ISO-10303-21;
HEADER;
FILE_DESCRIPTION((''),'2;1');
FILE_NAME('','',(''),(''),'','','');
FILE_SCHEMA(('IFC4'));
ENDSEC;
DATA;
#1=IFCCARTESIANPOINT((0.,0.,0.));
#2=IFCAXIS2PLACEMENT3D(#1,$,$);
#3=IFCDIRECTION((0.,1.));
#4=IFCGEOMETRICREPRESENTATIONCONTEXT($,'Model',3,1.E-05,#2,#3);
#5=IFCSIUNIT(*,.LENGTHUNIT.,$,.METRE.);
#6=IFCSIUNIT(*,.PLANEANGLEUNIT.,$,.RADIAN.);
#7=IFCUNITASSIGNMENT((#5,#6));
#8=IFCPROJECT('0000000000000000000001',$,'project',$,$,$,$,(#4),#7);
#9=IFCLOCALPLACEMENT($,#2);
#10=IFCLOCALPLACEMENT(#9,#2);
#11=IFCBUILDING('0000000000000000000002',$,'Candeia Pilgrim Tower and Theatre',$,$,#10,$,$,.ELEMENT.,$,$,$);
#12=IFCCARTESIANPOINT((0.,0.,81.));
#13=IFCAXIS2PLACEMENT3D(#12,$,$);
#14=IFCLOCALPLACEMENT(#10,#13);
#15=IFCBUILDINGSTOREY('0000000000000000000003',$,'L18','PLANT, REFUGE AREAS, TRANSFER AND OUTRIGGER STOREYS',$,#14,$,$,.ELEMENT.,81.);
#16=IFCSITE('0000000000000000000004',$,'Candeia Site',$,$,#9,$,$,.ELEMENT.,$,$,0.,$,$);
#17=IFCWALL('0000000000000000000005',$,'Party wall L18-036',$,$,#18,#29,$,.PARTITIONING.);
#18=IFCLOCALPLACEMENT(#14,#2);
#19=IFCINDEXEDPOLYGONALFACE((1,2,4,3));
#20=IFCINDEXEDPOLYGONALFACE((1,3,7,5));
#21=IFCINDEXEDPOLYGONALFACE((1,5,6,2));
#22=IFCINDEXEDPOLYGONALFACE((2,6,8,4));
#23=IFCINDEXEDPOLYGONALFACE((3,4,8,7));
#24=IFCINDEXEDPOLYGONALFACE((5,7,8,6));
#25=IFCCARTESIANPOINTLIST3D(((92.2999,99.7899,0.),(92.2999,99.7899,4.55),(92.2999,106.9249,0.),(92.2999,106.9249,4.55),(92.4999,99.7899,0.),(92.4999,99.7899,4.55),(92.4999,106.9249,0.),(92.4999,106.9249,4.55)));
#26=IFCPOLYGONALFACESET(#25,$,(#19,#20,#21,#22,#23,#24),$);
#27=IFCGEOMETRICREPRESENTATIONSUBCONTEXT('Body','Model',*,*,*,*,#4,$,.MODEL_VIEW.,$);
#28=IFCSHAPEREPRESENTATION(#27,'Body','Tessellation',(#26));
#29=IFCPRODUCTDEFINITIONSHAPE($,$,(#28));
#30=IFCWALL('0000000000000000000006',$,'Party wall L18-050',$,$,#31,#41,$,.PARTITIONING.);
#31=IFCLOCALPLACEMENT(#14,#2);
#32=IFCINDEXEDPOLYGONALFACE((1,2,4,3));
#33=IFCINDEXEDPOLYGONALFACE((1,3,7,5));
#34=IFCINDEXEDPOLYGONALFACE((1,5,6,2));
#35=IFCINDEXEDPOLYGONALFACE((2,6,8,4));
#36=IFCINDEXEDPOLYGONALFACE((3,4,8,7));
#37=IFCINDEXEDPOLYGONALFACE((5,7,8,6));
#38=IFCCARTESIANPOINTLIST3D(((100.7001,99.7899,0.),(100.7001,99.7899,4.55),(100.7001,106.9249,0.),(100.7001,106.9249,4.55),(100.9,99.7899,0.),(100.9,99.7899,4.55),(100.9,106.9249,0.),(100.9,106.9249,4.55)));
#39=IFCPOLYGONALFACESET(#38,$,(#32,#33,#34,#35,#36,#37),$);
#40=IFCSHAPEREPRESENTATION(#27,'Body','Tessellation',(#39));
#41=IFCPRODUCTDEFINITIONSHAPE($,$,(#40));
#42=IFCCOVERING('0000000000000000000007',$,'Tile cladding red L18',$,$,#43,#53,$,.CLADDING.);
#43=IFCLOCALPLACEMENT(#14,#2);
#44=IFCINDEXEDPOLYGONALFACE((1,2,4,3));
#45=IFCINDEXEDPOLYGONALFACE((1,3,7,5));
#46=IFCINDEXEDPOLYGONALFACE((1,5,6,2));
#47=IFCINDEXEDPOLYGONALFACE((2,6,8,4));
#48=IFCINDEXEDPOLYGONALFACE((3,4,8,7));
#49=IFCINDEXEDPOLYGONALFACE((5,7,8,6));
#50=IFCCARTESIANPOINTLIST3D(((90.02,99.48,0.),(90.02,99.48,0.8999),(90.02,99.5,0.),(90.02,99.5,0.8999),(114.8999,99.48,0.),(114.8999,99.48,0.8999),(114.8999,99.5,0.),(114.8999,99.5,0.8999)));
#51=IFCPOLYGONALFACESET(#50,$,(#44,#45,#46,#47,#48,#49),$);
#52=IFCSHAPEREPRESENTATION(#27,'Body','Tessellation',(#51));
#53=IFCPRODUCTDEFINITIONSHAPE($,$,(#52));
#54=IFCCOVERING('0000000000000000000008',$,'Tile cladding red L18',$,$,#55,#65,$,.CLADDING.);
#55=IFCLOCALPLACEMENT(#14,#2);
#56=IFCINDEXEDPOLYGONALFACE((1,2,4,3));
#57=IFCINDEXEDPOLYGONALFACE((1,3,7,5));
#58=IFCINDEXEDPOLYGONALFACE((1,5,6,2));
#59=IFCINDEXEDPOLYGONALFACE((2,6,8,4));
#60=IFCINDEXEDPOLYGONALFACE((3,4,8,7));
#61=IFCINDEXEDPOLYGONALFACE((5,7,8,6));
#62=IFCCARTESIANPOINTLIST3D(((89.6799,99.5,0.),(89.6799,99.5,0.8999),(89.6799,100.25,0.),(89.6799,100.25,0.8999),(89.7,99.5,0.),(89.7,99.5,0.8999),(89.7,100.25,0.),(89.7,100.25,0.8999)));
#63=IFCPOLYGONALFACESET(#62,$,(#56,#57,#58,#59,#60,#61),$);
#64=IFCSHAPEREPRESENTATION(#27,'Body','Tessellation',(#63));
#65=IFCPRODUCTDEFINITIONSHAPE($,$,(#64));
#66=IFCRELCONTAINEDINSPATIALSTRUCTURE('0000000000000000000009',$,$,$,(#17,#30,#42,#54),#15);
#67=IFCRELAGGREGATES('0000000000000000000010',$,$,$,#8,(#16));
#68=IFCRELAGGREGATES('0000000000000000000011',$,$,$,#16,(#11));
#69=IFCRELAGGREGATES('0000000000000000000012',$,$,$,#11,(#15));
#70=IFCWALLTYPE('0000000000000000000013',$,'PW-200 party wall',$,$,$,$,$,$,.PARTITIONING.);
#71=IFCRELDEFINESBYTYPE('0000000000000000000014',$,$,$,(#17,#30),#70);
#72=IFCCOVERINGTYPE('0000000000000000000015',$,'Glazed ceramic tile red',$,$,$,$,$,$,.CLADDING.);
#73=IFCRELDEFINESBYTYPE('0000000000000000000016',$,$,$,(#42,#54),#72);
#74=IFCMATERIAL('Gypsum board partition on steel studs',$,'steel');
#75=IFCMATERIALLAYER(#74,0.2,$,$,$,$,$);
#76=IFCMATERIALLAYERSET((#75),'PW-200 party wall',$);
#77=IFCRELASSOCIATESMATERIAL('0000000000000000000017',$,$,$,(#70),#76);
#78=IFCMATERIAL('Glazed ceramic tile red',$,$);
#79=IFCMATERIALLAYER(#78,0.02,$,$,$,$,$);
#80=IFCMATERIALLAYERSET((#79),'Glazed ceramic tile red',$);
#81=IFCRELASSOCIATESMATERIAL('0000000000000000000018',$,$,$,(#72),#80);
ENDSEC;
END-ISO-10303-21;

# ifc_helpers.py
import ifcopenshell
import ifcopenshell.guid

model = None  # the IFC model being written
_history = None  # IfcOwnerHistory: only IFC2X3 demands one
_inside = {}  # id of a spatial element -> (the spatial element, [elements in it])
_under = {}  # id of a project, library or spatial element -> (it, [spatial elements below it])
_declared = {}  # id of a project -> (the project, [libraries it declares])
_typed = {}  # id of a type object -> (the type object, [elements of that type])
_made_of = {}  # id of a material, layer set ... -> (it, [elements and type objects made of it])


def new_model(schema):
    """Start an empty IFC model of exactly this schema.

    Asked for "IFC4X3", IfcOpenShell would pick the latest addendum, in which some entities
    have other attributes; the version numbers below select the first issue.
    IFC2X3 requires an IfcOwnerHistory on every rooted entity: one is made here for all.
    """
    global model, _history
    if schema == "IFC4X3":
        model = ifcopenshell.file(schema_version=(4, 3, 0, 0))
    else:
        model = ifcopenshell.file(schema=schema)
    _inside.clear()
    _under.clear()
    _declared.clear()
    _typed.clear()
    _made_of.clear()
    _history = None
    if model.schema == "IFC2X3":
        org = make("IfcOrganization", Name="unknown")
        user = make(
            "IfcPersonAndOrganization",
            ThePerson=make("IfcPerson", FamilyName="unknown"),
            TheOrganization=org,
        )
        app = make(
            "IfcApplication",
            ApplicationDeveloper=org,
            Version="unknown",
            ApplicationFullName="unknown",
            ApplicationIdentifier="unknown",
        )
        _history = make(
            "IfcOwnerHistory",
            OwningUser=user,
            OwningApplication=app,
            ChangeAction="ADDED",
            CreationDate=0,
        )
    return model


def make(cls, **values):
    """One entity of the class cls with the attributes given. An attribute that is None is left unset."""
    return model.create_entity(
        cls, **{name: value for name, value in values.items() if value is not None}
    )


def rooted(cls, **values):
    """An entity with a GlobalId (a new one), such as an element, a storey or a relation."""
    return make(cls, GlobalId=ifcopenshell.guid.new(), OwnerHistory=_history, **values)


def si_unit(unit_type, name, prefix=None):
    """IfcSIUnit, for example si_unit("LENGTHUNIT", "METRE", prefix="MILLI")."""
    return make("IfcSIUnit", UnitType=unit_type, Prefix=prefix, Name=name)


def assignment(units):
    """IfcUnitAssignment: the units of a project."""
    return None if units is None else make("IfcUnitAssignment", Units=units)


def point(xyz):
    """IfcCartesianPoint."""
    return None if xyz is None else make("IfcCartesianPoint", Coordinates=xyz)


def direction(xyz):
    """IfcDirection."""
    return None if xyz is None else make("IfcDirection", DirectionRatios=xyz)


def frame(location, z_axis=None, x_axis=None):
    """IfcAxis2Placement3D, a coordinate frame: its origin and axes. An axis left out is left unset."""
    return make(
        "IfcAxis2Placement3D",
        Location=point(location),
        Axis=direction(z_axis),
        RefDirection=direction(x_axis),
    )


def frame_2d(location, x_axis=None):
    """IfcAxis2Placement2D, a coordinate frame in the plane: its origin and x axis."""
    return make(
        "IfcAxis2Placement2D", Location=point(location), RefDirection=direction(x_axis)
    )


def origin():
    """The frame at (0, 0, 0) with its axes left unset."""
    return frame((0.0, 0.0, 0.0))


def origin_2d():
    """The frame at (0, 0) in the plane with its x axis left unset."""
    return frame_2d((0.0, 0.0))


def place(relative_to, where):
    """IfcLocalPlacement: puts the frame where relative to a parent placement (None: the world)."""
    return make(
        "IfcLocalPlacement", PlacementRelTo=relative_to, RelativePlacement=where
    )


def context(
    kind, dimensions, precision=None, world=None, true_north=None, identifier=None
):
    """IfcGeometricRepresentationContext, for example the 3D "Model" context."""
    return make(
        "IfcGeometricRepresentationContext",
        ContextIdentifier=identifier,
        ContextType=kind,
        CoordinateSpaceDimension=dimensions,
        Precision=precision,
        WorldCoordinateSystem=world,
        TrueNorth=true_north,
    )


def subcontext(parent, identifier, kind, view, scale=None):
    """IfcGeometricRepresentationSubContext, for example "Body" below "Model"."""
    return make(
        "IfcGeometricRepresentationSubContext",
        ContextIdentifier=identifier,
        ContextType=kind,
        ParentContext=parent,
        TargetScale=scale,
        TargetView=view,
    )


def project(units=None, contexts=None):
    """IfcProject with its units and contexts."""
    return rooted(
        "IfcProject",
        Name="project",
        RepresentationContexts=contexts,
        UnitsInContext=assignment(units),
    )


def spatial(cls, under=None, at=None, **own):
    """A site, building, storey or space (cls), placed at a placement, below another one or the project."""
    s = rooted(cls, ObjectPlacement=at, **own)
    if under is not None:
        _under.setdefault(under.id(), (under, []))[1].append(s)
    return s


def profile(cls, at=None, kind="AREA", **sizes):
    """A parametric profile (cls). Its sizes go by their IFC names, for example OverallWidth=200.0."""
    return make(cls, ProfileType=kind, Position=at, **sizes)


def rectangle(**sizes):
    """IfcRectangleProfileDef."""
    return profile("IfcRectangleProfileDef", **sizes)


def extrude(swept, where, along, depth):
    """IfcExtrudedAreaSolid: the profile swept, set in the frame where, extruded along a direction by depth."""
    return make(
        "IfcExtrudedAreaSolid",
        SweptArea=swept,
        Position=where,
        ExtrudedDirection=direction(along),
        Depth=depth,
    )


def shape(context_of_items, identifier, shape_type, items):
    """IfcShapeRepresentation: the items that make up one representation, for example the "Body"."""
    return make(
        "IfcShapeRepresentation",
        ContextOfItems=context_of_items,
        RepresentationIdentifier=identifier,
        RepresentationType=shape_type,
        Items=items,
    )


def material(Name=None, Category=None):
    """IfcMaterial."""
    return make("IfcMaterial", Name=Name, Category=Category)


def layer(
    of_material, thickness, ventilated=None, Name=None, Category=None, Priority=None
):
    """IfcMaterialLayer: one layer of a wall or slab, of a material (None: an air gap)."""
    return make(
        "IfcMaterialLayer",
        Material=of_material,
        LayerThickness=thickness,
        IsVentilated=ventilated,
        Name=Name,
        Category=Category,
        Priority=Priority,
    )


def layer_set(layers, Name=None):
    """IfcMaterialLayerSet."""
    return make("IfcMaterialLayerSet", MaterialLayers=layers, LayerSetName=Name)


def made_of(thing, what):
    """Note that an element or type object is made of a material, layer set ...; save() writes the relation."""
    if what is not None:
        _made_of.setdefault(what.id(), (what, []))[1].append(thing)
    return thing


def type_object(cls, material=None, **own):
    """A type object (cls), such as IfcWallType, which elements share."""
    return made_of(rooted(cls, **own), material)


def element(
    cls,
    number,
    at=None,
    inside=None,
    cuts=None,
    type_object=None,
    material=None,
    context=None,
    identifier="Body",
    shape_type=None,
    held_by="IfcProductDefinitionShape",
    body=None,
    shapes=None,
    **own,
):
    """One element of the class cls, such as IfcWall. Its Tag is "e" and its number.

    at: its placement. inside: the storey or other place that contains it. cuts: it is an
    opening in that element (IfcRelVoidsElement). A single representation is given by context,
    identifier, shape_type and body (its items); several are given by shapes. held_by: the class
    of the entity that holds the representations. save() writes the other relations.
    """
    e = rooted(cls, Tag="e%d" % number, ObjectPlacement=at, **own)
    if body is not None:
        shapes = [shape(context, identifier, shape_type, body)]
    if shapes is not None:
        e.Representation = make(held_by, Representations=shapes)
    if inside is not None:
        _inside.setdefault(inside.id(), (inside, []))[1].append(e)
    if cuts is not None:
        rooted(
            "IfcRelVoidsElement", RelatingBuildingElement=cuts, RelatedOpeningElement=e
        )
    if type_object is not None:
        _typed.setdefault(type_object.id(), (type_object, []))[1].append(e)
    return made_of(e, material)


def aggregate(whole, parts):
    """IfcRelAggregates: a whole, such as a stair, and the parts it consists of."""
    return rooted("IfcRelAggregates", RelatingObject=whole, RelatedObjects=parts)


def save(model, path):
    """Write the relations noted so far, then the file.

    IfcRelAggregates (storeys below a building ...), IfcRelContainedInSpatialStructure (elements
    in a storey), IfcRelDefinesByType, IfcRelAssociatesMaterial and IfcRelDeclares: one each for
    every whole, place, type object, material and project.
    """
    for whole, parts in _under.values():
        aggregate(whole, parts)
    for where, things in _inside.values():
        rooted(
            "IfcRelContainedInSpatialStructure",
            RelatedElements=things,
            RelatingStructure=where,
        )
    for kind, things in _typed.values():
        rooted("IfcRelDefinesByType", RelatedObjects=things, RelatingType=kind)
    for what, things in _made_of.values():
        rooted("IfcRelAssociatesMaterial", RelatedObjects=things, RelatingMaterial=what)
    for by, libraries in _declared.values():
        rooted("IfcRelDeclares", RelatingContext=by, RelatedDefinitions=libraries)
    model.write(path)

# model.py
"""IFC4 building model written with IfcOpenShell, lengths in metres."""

from ifc_helpers import new_model, si_unit, direction, frame, frame_2d, origin, origin_2d, place, context, subcontext, project, spatial, rectangle, extrude, material, layer, layer_set, type_object, element, save


model = new_model("IFC4")

# Units and contexts
model_context = context("Model", 3, precision=1e-05, world=origin(), true_north=direction((0.0, 1.0)))
body_context = subcontext(model_context, "Body", "Model", "MODEL_VIEW")
ifc_project = project(units=[si_unit("LENGTHUNIT", "METRE"), si_unit("PLANEANGLEUNIT", "RADIAN")], contexts=[model_context])

# Site, building, storey
site_placement = place(None, origin())
site = spatial("IfcSite", under=ifc_project, at=site_placement, Name="Candeia Site", CompositionType="ELEMENT", RefElevation=0.0)
building_placement = place(site_placement, origin())
building = spatial("IfcBuilding", under=site, at=building_placement, Name="Candeia Pilgrim Tower and Theatre", CompositionType="ELEMENT")
storey_placement = place(building_placement, frame((0.0, 0.0, 81.0)))
storey = spatial("IfcBuildingStorey", under=building, at=storey_placement, Name="L18", Description="PLANT, REFUGE AREAS, TRANSFER AND OUTRIGGER STOREYS", CompositionType="ELEMENT", Elevation=81.0)

# Walls
ifc_material_1 = material(Name="Gypsum board partition on steel studs", Category="steel")
ifc_layer_1 = layer(ifc_material_1, 0.2)
ifc_layer_set_1 = layer_set([ifc_layer_1], Name="PW-200 party wall")
wall_type_1 = type_object("IfcWallType", Name="PW-200 party wall", PredefinedType="PARTITIONING", material=ifc_layer_set_1)
for number, where, z_axis, x_axis, name in (
    (1, (92.3999, 99.79, 0.0), (0.0, 0.0, 1.0), (0.0, 1.0, 0.0), "Party wall L18-036"),
    (2, (100.8, 99.79, 0.0), (0.0, 0.0, 1.0), (0.0, 1.0, 0.0), "Party wall L18-050"),
):
    element("IfcWall", number, at=place(storey_placement, frame(where, z_axis=z_axis, x_axis=x_axis)), inside=storey, type_object=wall_type_1, Name=name, PredefinedType="PARTITIONING", context=body_context, shape_type="SweptSolid", body=[
        extrude(rectangle(XDim=7.135, YDim=0.2, at=frame_2d((3.5674, 0.0))), origin(), (0.0, 0.0, 1.0), 4.55),
    ])

# Coverings
ifc_material_2 = material(Name="Glazed ceramic tile red")
ifc_layer_2 = layer(ifc_material_2, 0.02)
ifc_layer_set_2 = layer_set([ifc_layer_2], Name="Glazed ceramic tile red")
covering_type = type_object("IfcCoveringType", Name="Glazed ceramic tile red", PredefinedType="CLADDING", material=ifc_layer_set_2)
covering_1_placement = place(storey_placement, frame((102.46, 99.49, 0.0), z_axis=(0.0, 0.0, 1.0), x_axis=(1.0, 0.0, 0.0)))
element("IfcCovering", 3, at=covering_1_placement, inside=storey, type_object=covering_type, Name="Tile cladding red L18", PredefinedType="CLADDING", context=body_context, shape_type="SweptSolid", body=[
    extrude(rectangle(XDim=24.8799, YDim=0.02, at=origin_2d()), origin(), (0.0, 0.0, 1.0), 0.8999),
])
covering_2_placement = place(storey_placement, frame((89.6899, 99.875, 0.0), z_axis=(0.0, 0.0, 1.0), x_axis=(0.0, -1.0, 0.0)))
element("IfcCovering", 4, at=covering_2_placement, inside=storey, type_object=covering_type, Name="Tile cladding red L18", PredefinedType="CLADDING", context=body_context, shape_type="SweptSolid", body=[
    extrude(rectangle(XDim=0.75, YDim=0.02, at=origin_2d()), origin(), (0.0, 0.0, 1.0), 0.8999),
])

save(model, "model.ifc")
